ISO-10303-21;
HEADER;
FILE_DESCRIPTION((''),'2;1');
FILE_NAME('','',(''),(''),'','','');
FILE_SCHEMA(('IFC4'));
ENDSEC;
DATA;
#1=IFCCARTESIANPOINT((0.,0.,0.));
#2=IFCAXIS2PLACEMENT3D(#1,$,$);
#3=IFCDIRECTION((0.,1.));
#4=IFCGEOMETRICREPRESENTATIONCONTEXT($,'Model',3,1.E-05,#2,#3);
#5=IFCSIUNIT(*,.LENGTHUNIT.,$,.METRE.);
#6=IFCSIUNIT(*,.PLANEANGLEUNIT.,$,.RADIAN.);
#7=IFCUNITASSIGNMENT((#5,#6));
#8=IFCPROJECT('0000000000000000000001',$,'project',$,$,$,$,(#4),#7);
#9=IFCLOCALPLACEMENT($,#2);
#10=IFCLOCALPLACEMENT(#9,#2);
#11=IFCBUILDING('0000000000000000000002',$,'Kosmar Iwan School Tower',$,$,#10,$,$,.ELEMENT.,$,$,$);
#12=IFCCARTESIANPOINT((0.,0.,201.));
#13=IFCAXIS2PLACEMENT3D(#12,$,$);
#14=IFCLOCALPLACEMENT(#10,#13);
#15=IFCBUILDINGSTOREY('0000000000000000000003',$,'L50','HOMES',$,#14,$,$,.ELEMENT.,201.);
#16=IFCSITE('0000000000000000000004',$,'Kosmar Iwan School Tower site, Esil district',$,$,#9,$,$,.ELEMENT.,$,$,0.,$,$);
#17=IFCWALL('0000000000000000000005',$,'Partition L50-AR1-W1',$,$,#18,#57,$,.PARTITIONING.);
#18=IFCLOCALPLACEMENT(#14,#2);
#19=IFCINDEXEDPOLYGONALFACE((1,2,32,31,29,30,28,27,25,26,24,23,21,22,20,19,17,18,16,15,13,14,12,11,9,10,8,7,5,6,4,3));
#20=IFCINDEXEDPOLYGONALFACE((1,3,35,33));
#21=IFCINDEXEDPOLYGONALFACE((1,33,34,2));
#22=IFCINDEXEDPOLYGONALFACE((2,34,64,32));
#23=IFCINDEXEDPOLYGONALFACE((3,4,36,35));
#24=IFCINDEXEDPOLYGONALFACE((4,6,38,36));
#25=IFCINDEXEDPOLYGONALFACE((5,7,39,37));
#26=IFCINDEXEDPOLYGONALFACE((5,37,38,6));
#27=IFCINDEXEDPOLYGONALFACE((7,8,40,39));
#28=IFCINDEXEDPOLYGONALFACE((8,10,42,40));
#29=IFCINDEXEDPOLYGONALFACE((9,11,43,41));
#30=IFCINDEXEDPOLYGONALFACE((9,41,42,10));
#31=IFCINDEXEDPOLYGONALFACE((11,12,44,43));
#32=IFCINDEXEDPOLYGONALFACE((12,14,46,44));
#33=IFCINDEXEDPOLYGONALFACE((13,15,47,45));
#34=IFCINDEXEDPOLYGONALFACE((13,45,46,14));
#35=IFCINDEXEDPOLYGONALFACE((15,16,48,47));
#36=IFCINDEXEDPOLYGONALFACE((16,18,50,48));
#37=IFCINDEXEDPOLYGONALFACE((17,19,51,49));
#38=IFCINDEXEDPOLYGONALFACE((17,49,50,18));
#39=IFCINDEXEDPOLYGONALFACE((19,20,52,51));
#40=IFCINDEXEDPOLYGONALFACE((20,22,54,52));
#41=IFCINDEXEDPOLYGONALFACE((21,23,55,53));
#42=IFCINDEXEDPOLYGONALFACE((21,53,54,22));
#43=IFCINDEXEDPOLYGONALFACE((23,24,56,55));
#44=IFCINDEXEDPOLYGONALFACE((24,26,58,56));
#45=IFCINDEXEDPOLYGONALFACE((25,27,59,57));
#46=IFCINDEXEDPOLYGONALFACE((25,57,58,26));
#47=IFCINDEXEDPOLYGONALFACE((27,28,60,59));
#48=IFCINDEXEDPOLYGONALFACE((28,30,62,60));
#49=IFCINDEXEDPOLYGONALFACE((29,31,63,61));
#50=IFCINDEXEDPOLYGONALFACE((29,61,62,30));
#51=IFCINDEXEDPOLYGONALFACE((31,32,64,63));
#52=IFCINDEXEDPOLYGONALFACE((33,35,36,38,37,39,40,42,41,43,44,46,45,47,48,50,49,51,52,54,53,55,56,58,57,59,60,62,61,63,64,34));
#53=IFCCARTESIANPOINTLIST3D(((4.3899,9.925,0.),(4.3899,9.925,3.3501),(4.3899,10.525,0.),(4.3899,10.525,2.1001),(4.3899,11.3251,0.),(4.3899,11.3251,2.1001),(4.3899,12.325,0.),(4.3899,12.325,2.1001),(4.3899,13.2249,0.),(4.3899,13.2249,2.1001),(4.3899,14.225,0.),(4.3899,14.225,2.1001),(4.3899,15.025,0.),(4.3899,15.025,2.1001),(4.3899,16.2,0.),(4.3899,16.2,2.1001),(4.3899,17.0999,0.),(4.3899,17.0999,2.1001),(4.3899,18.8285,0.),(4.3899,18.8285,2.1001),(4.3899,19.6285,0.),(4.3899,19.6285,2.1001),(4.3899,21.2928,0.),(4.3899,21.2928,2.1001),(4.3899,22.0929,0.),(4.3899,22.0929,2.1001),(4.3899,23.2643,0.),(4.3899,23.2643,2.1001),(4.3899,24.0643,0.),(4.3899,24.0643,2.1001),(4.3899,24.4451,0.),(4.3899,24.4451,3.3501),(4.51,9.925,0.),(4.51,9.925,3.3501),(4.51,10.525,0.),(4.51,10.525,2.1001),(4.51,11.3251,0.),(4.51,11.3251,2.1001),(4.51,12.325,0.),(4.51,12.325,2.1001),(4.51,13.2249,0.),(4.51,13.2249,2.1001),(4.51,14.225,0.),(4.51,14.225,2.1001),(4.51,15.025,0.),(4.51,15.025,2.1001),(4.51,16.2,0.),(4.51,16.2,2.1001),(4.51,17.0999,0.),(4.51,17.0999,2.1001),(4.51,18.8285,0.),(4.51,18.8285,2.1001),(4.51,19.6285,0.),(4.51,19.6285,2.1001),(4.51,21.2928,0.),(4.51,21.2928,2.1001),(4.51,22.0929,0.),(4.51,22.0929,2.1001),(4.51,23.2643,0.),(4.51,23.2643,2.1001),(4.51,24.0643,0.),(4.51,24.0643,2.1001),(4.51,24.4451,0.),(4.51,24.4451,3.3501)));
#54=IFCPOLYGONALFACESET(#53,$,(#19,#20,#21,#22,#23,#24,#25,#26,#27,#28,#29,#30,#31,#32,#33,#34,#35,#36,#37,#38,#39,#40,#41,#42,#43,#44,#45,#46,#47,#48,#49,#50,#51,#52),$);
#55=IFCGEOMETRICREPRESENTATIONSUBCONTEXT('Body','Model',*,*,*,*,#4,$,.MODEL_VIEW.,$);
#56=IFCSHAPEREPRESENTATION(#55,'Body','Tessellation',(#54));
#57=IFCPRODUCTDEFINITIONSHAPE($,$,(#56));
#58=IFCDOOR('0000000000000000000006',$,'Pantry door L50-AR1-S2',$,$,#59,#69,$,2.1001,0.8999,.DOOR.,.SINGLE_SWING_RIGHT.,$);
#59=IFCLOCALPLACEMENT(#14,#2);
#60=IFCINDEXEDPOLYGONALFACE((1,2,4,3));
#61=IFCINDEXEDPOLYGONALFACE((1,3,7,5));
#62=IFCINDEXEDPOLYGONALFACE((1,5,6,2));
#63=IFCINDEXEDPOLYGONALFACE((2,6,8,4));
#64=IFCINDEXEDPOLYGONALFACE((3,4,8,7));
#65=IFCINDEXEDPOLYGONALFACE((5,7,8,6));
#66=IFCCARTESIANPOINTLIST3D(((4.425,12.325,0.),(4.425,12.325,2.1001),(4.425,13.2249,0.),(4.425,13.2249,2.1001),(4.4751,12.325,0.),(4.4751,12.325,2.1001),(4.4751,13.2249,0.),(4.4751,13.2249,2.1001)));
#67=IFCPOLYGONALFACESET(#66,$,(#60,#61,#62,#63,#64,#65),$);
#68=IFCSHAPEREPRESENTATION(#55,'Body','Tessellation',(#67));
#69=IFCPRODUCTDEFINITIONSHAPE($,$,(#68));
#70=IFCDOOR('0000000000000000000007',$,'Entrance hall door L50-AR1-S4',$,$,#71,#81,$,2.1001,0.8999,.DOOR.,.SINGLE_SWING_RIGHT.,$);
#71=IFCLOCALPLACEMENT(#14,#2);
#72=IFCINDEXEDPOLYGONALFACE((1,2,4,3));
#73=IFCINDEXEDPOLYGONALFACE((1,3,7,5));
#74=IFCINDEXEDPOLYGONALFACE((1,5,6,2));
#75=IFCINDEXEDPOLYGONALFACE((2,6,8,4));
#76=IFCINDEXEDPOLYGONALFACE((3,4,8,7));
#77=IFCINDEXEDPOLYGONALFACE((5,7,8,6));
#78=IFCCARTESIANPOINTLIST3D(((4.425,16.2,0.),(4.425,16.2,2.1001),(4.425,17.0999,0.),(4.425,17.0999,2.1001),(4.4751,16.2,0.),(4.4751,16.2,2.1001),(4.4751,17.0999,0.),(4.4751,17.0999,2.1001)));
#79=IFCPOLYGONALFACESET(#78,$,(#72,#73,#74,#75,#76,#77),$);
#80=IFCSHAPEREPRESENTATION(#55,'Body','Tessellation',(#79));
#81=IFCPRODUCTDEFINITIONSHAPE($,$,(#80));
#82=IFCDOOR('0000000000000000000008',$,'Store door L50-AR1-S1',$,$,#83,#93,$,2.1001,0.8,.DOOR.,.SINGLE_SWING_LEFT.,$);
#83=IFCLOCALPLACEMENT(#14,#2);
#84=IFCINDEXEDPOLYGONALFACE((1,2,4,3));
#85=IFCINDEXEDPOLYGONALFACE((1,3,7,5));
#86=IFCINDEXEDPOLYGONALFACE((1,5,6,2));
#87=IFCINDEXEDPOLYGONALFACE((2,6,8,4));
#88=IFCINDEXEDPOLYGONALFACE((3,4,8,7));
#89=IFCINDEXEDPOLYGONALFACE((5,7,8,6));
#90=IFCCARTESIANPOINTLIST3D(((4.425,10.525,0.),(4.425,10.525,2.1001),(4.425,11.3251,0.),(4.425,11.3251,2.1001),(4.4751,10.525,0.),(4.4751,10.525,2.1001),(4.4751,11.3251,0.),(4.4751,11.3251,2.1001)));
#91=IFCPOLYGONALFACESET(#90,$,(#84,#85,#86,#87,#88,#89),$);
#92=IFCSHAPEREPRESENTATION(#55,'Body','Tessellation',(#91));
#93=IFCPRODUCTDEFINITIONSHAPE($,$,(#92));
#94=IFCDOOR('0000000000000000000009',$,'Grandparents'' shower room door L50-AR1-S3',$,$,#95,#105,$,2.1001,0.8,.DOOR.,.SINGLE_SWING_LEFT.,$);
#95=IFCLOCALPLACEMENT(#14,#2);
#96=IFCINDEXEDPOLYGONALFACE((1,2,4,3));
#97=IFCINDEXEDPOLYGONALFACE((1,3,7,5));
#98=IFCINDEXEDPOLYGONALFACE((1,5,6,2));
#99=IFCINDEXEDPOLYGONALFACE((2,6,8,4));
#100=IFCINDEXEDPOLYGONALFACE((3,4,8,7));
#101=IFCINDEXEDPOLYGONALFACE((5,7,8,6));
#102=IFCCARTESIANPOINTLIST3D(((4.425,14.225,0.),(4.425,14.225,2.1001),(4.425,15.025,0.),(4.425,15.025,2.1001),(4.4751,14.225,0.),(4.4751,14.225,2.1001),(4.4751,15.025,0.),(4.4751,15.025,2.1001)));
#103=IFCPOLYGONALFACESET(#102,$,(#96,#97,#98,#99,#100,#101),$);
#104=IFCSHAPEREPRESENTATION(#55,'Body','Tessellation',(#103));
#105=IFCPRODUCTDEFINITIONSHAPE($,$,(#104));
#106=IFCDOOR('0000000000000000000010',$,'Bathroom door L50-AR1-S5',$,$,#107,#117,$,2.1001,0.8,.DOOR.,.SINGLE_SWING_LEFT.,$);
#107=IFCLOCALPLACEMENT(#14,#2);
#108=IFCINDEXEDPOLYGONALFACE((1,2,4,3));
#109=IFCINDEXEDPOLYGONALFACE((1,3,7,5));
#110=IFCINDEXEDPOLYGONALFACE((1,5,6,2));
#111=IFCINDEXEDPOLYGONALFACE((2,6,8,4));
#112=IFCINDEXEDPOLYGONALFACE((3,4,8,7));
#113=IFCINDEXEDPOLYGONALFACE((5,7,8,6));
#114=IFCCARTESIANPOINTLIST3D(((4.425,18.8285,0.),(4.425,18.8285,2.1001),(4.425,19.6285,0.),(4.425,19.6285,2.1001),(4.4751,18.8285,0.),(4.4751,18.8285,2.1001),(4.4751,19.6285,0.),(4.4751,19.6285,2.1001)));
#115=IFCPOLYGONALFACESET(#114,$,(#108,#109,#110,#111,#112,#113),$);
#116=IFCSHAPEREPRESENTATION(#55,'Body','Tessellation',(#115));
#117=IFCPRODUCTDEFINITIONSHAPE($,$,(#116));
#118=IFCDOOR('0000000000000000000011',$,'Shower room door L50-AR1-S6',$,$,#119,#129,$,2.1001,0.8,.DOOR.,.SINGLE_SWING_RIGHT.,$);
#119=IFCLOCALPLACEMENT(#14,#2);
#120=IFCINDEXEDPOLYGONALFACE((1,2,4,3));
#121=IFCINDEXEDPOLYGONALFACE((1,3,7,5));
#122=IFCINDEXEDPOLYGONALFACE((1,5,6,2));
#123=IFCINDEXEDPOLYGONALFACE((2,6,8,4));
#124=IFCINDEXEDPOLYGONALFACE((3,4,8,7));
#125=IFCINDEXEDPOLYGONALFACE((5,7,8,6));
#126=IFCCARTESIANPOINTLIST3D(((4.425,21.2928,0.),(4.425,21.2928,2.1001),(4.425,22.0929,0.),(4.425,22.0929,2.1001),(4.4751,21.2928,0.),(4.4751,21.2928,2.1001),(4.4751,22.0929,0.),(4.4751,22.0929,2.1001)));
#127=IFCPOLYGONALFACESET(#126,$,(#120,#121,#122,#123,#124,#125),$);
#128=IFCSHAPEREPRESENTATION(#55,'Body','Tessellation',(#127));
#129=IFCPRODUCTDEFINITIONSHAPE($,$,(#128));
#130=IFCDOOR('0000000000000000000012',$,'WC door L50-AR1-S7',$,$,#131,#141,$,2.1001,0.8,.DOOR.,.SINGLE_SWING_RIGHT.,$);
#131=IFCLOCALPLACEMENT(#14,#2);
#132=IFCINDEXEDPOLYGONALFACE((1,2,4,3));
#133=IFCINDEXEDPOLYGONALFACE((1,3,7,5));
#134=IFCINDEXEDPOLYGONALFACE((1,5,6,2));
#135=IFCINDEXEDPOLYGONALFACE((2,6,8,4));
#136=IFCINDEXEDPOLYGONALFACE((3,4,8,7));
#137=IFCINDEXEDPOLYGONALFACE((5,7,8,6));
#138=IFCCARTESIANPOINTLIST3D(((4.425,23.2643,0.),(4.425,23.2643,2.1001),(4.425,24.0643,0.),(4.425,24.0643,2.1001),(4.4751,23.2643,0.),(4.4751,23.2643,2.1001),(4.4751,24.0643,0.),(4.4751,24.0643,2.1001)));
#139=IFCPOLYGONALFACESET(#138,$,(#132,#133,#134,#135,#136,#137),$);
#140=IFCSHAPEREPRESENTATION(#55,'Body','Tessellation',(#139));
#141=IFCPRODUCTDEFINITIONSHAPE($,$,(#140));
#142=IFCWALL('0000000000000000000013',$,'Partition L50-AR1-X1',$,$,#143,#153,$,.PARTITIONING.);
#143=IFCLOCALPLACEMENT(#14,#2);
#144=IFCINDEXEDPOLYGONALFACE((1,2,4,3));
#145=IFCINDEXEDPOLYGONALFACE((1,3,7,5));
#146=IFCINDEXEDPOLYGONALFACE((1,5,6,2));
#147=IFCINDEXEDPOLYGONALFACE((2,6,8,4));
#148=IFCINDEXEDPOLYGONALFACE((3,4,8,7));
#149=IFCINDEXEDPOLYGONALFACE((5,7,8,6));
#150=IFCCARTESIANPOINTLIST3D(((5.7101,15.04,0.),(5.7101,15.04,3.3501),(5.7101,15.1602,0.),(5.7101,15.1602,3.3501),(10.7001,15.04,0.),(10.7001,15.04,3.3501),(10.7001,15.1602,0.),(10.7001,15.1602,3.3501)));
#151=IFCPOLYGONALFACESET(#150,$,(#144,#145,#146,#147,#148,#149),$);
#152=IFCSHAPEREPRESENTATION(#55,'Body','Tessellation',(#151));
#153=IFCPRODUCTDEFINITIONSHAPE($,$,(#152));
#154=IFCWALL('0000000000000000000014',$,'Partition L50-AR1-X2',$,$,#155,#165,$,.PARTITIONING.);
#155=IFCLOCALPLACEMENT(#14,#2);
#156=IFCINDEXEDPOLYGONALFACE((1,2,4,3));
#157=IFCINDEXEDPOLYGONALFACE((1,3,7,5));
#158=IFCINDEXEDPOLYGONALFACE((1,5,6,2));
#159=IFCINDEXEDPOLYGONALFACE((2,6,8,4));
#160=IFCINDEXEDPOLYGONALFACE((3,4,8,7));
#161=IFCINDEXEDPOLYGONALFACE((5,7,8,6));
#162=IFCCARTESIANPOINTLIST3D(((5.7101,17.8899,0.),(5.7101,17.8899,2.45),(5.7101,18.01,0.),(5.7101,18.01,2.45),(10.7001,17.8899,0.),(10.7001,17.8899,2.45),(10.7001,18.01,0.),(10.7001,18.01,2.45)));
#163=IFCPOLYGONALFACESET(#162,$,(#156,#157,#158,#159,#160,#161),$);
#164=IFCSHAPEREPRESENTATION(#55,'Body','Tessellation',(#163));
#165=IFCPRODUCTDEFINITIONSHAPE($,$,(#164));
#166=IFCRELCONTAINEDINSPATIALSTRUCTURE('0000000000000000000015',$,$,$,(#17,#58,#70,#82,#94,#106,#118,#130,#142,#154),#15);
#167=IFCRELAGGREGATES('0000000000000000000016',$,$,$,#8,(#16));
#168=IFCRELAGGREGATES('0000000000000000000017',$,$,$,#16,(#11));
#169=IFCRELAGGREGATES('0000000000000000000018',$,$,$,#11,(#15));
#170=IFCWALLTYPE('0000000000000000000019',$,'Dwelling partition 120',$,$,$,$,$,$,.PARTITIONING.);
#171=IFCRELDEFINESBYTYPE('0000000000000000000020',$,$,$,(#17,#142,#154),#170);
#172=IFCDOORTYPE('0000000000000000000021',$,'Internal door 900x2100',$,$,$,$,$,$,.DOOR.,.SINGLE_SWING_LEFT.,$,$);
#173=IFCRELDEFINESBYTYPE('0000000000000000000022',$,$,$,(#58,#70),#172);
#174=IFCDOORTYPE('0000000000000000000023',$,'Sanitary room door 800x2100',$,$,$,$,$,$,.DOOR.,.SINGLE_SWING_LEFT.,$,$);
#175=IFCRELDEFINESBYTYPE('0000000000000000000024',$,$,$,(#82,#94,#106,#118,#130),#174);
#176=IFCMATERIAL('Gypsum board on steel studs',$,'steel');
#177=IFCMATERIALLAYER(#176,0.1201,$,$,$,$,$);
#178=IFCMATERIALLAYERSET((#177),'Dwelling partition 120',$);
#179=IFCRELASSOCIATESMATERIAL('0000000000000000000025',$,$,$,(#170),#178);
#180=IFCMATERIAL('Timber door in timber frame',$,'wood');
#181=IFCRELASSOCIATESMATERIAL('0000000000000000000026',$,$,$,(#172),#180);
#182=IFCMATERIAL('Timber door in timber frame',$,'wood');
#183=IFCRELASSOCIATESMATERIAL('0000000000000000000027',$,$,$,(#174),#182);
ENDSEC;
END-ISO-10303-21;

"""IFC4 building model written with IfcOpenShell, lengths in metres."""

from ifc_helpers import new_model, si_unit, direction, frame, frame_2d, origin, place, context, subcontext, project, spatial, rectangle, extrude, material, layer, layer_set, type_object, element, fill, save


model = new_model("IFC4")

# Units and contexts
model_context = context("Model", 3, precision=1e-05, world=origin(), true_north=direction((0.0, 1.0)))
body_context = subcontext(model_context, "Body", "Model", "MODEL_VIEW")
ifc_project = project(units=[si_unit("LENGTHUNIT", "METRE"), si_unit("PLANEANGLEUNIT", "RADIAN")], contexts=[model_context])

# Site, building, storey
site_placement = place(None, origin())
site = spatial("IfcSite", under=ifc_project, at=site_placement, Name="Kosmar Iwan School Tower site, Esil district", CompositionType="ELEMENT", RefElevation=0.0)
building_placement = place(site_placement, origin())
building = spatial("IfcBuilding", under=site, at=building_placement, Name="Kosmar Iwan School Tower", CompositionType="ELEMENT")
storey_placement = place(building_placement, frame((0.0, 0.0, 201.0)))
storey = spatial("IfcBuildingStorey", under=building, at=storey_placement, Name="L50", Description="HOMES", CompositionType="ELEMENT", Elevation=201.0)

# Wall, openings, doors
ifc_material_1 = material(Name="Gypsum board on steel studs", Category="steel")
ifc_layer = layer(ifc_material_1, 0.1201)
ifc_layer_set = layer_set([ifc_layer], Name="Dwelling partition 120")
wall_type = type_object("IfcWallType", Name="Dwelling partition 120", PredefinedType="PARTITIONING", material=ifc_layer_set)
wall_1_placement = place(storey_placement, frame((4.45, 9.925, 0.0), z_axis=(0.0, 0.0, 1.0), x_axis=(0.0, 1.0, 0.0)))
wall_1 = element("IfcWall", 1, at=wall_1_placement, inside=storey, type_object=wall_type, Name="Partition L50-AR1-W1", PredefinedType="PARTITIONING", context=body_context, shape_type="SweptSolid", body=[
    extrude(rectangle(XDim=14.52, YDim=0.1201, at=frame_2d((7.26, 0.0))), origin(), (0.0, 0.0, 1.0), 3.3501),
])
opening_1_placement = place(wall_1_placement, frame((0.6001, 0.0, 0.0)))
opening_1 = element("IfcOpeningElement", 2, at=opening_1_placement, cuts=wall_1, PredefinedType="OPENING", context=body_context, shape_type="SweptSolid", body=[
    extrude(rectangle(XDim=0.8, YDim=2.1001, at=frame_2d((0.3999, 1.05))), frame((0.0, 0.072, 0.0), z_axis=(0.0, -1.0, 0.0), x_axis=(1.0, 0.0, 0.0)), (0.0, 0.0, 1.0), 0.144),
])
opening_2_placement = place(wall_1_placement, frame((2.3999, 0.0, 0.0)))
opening_2 = element("IfcOpeningElement", 3, at=opening_2_placement, cuts=wall_1, PredefinedType="OPENING", context=body_context, shape_type="SweptSolid", body=[
    extrude(rectangle(XDim=0.8999, YDim=2.1001, at=frame_2d((0.45, 1.05))), frame((0.0, 0.072, 0.0), z_axis=(0.0, -1.0, 0.0), x_axis=(1.0, 0.0, 0.0)), (0.0, 0.0, 1.0), 0.144),
])
opening_3_placement = place(wall_1_placement, frame((4.3, 0.0, 0.0)))
opening_3 = element("IfcOpeningElement", 4, at=opening_3_placement, cuts=wall_1, PredefinedType="OPENING", context=body_context, shape_type="SweptSolid", body=[
    extrude(rectangle(XDim=0.8, YDim=2.1001, at=frame_2d((0.3999, 1.05))), frame((0.0, 0.072, 0.0), z_axis=(0.0, -1.0, 0.0), x_axis=(1.0, 0.0, 0.0)), (0.0, 0.0, 1.0), 0.144),
])
opening_4_placement = place(wall_1_placement, frame((6.2749, 0.0, 0.0)))
opening_4 = element("IfcOpeningElement", 5, at=opening_4_placement, cuts=wall_1, PredefinedType="OPENING", context=body_context, shape_type="SweptSolid", body=[
    extrude(rectangle(XDim=0.8999, YDim=2.1001, at=frame_2d((0.45, 1.05))), frame((0.0, 0.072, 0.0), z_axis=(0.0, -1.0, 0.0), x_axis=(1.0, 0.0, 0.0)), (0.0, 0.0, 1.0), 0.144),
])
opening_5_placement = place(wall_1_placement, frame((8.9036, 0.0, 0.0)))
opening_5 = element("IfcOpeningElement", 6, at=opening_5_placement, cuts=wall_1, PredefinedType="OPENING", context=body_context, shape_type="SweptSolid", body=[
    extrude(rectangle(XDim=0.8, YDim=2.1001, at=frame_2d((0.3999, 1.05))), frame((0.0, 0.072, 0.0), z_axis=(0.0, -1.0, 0.0), x_axis=(1.0, 0.0, 0.0)), (0.0, 0.0, 1.0), 0.144),
])
opening_6_placement = place(wall_1_placement, frame((11.3679, 0.0, 0.0)))
opening_6 = element("IfcOpeningElement", 7, at=opening_6_placement, cuts=wall_1, PredefinedType="OPENING", context=body_context, shape_type="SweptSolid", body=[
    extrude(rectangle(XDim=0.8, YDim=2.1001, at=frame_2d((0.3999, 1.05))), frame((0.0, 0.072, 0.0), z_axis=(0.0, -1.0, 0.0), x_axis=(1.0, 0.0, 0.0)), (0.0, 0.0, 1.0), 0.144),
])
opening_7_placement = place(wall_1_placement, frame((13.3394, 0.0, 0.0)))
opening_7 = element("IfcOpeningElement", 8, at=opening_7_placement, cuts=wall_1, PredefinedType="OPENING", context=body_context, shape_type="SweptSolid", body=[
    extrude(rectangle(XDim=0.8, YDim=2.1001, at=frame_2d((0.3999, 1.05))), frame((0.0, 0.072, 0.0), z_axis=(0.0, -1.0, 0.0), x_axis=(1.0, 0.0, 0.0)), (0.0, 0.0, 1.0), 0.144),
])
ifc_material_2 = material(Name="Timber door in timber frame", Category="wood")
door_type_1 = type_object("IfcDoorType", Name="Internal door 900x2100", OperationType="SINGLE_SWING_LEFT", PredefinedType="DOOR", material=ifc_material_2)
door_1_placement = place(opening_2_placement, origin())
door_1 = element("IfcDoor", 9, at=door_1_placement, inside=storey, type_object=door_type_1, Name="Pantry door L50-AR1-S2", OperationType="SINGLE_SWING_RIGHT", OverallHeight=2.1001, OverallWidth=0.8999, PredefinedType="DOOR", context=body_context, shape_type="SweptSolid", body=[
    extrude(rectangle(XDim=0.8999, YDim=2.1001, at=frame_2d((0.45, 1.05))), frame((0.0, 0.0249, 0.0), z_axis=(0.0, -1.0, 0.0), x_axis=(1.0, 0.0, 0.0)), (0.0, 0.0, 1.0), 0.05),
])
fill(opening_2, door_1)
door_2_placement = place(opening_4_placement, origin())
door_2 = element("IfcDoor", 10, at=door_2_placement, inside=storey, type_object=door_type_1, Name="Entrance hall door L50-AR1-S4", OperationType="SINGLE_SWING_RIGHT", OverallHeight=2.1001, OverallWidth=0.8999, PredefinedType="DOOR", context=body_context, shape_type="SweptSolid", body=[
    extrude(rectangle(XDim=0.8999, YDim=2.1001, at=frame_2d((0.45, 1.05))), frame((0.0, 0.0249, 0.0), z_axis=(0.0, -1.0, 0.0), x_axis=(1.0, 0.0, 0.0)), (0.0, 0.0, 1.0), 0.05),
])
fill(opening_4, door_2)
ifc_material_3 = material(Name="Timber door in timber frame", Category="wood")
door_type_2 = type_object("IfcDoorType", Name="Sanitary room door 800x2100", OperationType="SINGLE_SWING_LEFT", PredefinedType="DOOR", material=ifc_material_3)
door_3_placement = place(opening_1_placement, origin())
door_3 = element("IfcDoor", 11, at=door_3_placement, inside=storey, type_object=door_type_2, Name="Store door L50-AR1-S1", OperationType="SINGLE_SWING_LEFT", OverallHeight=2.1001, OverallWidth=0.8, PredefinedType="DOOR", context=body_context, shape_type="SweptSolid", body=[
    extrude(rectangle(XDim=0.8, YDim=2.1001, at=frame_2d((0.3999, 1.05))), frame((0.0, 0.0249, 0.0), z_axis=(0.0, -1.0, 0.0), x_axis=(1.0, 0.0, 0.0)), (0.0, 0.0, 1.0), 0.05),
])
fill(opening_1, door_3)
door_4_placement = place(opening_3_placement, origin())
door_4 = element("IfcDoor", 12, at=door_4_placement, inside=storey, type_object=door_type_2, Name="Grandparents' shower room door L50-AR1-S3", OperationType="SINGLE_SWING_LEFT", OverallHeight=2.1001, OverallWidth=0.8, PredefinedType="DOOR", context=body_context, shape_type="SweptSolid", body=[
    extrude(rectangle(XDim=0.8, YDim=2.1001, at=frame_2d((0.3999, 1.05))), frame((0.0, 0.0249, 0.0), z_axis=(0.0, -1.0, 0.0), x_axis=(1.0, 0.0, 0.0)), (0.0, 0.0, 1.0), 0.05),
])
fill(opening_3, door_4)
door_5_placement = place(opening_5_placement, origin())
door_5 = element("IfcDoor", 13, at=door_5_placement, inside=storey, type_object=door_type_2, Name="Bathroom door L50-AR1-S5", OperationType="SINGLE_SWING_LEFT", OverallHeight=2.1001, OverallWidth=0.8, PredefinedType="DOOR", context=body_context, shape_type="SweptSolid", body=[
    extrude(rectangle(XDim=0.8, YDim=2.1001, at=frame_2d((0.3999, 1.05))), frame((0.0, 0.0249, 0.0), z_axis=(0.0, -1.0, 0.0), x_axis=(1.0, 0.0, 0.0)), (0.0, 0.0, 1.0), 0.05),
])
fill(opening_5, door_5)
door_6_placement = place(opening_6_placement, origin())
door_6 = element("IfcDoor", 14, at=door_6_placement, inside=storey, type_object=door_type_2, Name="Shower room door L50-AR1-S6", OperationType="SINGLE_SWING_RIGHT", OverallHeight=2.1001, OverallWidth=0.8, PredefinedType="DOOR", context=body_context, shape_type="SweptSolid", body=[
    extrude(rectangle(XDim=0.8, YDim=2.1001, at=frame_2d((0.3999, 1.05))), frame((0.0, 0.0249, 0.0), z_axis=(0.0, -1.0, 0.0), x_axis=(1.0, 0.0, 0.0)), (0.0, 0.0, 1.0), 0.05),
])
fill(opening_6, door_6)
door_7_placement = place(opening_7_placement, origin())
door_7 = element("IfcDoor", 15, at=door_7_placement, inside=storey, type_object=door_type_2, Name="WC door L50-AR1-S7", OperationType="SINGLE_SWING_RIGHT", OverallHeight=2.1001, OverallWidth=0.8, PredefinedType="DOOR", context=body_context, shape_type="SweptSolid", body=[
    extrude(rectangle(XDim=0.8, YDim=2.1001, at=frame_2d((0.3999, 1.05))), frame((0.0, 0.0249, 0.0), z_axis=(0.0, -1.0, 0.0), x_axis=(1.0, 0.0, 0.0)), (0.0, 0.0, 1.0), 0.05),
])
fill(opening_7, door_7)

# Walls
wall_2_placement = place(storey_placement, frame((5.71, 15.1001, 0.0), z_axis=(0.0, 0.0, 1.0), x_axis=(1.0, 0.0, 0.0)))
element("IfcWall", 16, at=wall_2_placement, inside=storey, type_object=wall_type, Name="Partition L50-AR1-X1", PredefinedType="PARTITIONING", context=body_context, shape_type="SweptSolid", body=[
    extrude(rectangle(XDim=4.99, YDim=0.1201, at=frame_2d((2.4951, 0.0))), origin(), (0.0, 0.0, 1.0), 3.3501),
])
wall_3_placement = place(storey_placement, frame((5.71, 17.95, 0.0), z_axis=(0.0, 0.0, 1.0), x_axis=(1.0, 0.0, 0.0)))
element("IfcWall", 17, at=wall_3_placement, inside=storey, type_object=wall_type, Name="Partition L50-AR1-X2", PredefinedType="PARTITIONING", context=body_context, shape_type="SweptSolid", body=[
    extrude(rectangle(XDim=4.99, YDim=0.1201, at=frame_2d((2.4951, 0.0))), origin(), (0.0, 0.0, 1.0), 2.45),
])

save(model, "model.ifc")
